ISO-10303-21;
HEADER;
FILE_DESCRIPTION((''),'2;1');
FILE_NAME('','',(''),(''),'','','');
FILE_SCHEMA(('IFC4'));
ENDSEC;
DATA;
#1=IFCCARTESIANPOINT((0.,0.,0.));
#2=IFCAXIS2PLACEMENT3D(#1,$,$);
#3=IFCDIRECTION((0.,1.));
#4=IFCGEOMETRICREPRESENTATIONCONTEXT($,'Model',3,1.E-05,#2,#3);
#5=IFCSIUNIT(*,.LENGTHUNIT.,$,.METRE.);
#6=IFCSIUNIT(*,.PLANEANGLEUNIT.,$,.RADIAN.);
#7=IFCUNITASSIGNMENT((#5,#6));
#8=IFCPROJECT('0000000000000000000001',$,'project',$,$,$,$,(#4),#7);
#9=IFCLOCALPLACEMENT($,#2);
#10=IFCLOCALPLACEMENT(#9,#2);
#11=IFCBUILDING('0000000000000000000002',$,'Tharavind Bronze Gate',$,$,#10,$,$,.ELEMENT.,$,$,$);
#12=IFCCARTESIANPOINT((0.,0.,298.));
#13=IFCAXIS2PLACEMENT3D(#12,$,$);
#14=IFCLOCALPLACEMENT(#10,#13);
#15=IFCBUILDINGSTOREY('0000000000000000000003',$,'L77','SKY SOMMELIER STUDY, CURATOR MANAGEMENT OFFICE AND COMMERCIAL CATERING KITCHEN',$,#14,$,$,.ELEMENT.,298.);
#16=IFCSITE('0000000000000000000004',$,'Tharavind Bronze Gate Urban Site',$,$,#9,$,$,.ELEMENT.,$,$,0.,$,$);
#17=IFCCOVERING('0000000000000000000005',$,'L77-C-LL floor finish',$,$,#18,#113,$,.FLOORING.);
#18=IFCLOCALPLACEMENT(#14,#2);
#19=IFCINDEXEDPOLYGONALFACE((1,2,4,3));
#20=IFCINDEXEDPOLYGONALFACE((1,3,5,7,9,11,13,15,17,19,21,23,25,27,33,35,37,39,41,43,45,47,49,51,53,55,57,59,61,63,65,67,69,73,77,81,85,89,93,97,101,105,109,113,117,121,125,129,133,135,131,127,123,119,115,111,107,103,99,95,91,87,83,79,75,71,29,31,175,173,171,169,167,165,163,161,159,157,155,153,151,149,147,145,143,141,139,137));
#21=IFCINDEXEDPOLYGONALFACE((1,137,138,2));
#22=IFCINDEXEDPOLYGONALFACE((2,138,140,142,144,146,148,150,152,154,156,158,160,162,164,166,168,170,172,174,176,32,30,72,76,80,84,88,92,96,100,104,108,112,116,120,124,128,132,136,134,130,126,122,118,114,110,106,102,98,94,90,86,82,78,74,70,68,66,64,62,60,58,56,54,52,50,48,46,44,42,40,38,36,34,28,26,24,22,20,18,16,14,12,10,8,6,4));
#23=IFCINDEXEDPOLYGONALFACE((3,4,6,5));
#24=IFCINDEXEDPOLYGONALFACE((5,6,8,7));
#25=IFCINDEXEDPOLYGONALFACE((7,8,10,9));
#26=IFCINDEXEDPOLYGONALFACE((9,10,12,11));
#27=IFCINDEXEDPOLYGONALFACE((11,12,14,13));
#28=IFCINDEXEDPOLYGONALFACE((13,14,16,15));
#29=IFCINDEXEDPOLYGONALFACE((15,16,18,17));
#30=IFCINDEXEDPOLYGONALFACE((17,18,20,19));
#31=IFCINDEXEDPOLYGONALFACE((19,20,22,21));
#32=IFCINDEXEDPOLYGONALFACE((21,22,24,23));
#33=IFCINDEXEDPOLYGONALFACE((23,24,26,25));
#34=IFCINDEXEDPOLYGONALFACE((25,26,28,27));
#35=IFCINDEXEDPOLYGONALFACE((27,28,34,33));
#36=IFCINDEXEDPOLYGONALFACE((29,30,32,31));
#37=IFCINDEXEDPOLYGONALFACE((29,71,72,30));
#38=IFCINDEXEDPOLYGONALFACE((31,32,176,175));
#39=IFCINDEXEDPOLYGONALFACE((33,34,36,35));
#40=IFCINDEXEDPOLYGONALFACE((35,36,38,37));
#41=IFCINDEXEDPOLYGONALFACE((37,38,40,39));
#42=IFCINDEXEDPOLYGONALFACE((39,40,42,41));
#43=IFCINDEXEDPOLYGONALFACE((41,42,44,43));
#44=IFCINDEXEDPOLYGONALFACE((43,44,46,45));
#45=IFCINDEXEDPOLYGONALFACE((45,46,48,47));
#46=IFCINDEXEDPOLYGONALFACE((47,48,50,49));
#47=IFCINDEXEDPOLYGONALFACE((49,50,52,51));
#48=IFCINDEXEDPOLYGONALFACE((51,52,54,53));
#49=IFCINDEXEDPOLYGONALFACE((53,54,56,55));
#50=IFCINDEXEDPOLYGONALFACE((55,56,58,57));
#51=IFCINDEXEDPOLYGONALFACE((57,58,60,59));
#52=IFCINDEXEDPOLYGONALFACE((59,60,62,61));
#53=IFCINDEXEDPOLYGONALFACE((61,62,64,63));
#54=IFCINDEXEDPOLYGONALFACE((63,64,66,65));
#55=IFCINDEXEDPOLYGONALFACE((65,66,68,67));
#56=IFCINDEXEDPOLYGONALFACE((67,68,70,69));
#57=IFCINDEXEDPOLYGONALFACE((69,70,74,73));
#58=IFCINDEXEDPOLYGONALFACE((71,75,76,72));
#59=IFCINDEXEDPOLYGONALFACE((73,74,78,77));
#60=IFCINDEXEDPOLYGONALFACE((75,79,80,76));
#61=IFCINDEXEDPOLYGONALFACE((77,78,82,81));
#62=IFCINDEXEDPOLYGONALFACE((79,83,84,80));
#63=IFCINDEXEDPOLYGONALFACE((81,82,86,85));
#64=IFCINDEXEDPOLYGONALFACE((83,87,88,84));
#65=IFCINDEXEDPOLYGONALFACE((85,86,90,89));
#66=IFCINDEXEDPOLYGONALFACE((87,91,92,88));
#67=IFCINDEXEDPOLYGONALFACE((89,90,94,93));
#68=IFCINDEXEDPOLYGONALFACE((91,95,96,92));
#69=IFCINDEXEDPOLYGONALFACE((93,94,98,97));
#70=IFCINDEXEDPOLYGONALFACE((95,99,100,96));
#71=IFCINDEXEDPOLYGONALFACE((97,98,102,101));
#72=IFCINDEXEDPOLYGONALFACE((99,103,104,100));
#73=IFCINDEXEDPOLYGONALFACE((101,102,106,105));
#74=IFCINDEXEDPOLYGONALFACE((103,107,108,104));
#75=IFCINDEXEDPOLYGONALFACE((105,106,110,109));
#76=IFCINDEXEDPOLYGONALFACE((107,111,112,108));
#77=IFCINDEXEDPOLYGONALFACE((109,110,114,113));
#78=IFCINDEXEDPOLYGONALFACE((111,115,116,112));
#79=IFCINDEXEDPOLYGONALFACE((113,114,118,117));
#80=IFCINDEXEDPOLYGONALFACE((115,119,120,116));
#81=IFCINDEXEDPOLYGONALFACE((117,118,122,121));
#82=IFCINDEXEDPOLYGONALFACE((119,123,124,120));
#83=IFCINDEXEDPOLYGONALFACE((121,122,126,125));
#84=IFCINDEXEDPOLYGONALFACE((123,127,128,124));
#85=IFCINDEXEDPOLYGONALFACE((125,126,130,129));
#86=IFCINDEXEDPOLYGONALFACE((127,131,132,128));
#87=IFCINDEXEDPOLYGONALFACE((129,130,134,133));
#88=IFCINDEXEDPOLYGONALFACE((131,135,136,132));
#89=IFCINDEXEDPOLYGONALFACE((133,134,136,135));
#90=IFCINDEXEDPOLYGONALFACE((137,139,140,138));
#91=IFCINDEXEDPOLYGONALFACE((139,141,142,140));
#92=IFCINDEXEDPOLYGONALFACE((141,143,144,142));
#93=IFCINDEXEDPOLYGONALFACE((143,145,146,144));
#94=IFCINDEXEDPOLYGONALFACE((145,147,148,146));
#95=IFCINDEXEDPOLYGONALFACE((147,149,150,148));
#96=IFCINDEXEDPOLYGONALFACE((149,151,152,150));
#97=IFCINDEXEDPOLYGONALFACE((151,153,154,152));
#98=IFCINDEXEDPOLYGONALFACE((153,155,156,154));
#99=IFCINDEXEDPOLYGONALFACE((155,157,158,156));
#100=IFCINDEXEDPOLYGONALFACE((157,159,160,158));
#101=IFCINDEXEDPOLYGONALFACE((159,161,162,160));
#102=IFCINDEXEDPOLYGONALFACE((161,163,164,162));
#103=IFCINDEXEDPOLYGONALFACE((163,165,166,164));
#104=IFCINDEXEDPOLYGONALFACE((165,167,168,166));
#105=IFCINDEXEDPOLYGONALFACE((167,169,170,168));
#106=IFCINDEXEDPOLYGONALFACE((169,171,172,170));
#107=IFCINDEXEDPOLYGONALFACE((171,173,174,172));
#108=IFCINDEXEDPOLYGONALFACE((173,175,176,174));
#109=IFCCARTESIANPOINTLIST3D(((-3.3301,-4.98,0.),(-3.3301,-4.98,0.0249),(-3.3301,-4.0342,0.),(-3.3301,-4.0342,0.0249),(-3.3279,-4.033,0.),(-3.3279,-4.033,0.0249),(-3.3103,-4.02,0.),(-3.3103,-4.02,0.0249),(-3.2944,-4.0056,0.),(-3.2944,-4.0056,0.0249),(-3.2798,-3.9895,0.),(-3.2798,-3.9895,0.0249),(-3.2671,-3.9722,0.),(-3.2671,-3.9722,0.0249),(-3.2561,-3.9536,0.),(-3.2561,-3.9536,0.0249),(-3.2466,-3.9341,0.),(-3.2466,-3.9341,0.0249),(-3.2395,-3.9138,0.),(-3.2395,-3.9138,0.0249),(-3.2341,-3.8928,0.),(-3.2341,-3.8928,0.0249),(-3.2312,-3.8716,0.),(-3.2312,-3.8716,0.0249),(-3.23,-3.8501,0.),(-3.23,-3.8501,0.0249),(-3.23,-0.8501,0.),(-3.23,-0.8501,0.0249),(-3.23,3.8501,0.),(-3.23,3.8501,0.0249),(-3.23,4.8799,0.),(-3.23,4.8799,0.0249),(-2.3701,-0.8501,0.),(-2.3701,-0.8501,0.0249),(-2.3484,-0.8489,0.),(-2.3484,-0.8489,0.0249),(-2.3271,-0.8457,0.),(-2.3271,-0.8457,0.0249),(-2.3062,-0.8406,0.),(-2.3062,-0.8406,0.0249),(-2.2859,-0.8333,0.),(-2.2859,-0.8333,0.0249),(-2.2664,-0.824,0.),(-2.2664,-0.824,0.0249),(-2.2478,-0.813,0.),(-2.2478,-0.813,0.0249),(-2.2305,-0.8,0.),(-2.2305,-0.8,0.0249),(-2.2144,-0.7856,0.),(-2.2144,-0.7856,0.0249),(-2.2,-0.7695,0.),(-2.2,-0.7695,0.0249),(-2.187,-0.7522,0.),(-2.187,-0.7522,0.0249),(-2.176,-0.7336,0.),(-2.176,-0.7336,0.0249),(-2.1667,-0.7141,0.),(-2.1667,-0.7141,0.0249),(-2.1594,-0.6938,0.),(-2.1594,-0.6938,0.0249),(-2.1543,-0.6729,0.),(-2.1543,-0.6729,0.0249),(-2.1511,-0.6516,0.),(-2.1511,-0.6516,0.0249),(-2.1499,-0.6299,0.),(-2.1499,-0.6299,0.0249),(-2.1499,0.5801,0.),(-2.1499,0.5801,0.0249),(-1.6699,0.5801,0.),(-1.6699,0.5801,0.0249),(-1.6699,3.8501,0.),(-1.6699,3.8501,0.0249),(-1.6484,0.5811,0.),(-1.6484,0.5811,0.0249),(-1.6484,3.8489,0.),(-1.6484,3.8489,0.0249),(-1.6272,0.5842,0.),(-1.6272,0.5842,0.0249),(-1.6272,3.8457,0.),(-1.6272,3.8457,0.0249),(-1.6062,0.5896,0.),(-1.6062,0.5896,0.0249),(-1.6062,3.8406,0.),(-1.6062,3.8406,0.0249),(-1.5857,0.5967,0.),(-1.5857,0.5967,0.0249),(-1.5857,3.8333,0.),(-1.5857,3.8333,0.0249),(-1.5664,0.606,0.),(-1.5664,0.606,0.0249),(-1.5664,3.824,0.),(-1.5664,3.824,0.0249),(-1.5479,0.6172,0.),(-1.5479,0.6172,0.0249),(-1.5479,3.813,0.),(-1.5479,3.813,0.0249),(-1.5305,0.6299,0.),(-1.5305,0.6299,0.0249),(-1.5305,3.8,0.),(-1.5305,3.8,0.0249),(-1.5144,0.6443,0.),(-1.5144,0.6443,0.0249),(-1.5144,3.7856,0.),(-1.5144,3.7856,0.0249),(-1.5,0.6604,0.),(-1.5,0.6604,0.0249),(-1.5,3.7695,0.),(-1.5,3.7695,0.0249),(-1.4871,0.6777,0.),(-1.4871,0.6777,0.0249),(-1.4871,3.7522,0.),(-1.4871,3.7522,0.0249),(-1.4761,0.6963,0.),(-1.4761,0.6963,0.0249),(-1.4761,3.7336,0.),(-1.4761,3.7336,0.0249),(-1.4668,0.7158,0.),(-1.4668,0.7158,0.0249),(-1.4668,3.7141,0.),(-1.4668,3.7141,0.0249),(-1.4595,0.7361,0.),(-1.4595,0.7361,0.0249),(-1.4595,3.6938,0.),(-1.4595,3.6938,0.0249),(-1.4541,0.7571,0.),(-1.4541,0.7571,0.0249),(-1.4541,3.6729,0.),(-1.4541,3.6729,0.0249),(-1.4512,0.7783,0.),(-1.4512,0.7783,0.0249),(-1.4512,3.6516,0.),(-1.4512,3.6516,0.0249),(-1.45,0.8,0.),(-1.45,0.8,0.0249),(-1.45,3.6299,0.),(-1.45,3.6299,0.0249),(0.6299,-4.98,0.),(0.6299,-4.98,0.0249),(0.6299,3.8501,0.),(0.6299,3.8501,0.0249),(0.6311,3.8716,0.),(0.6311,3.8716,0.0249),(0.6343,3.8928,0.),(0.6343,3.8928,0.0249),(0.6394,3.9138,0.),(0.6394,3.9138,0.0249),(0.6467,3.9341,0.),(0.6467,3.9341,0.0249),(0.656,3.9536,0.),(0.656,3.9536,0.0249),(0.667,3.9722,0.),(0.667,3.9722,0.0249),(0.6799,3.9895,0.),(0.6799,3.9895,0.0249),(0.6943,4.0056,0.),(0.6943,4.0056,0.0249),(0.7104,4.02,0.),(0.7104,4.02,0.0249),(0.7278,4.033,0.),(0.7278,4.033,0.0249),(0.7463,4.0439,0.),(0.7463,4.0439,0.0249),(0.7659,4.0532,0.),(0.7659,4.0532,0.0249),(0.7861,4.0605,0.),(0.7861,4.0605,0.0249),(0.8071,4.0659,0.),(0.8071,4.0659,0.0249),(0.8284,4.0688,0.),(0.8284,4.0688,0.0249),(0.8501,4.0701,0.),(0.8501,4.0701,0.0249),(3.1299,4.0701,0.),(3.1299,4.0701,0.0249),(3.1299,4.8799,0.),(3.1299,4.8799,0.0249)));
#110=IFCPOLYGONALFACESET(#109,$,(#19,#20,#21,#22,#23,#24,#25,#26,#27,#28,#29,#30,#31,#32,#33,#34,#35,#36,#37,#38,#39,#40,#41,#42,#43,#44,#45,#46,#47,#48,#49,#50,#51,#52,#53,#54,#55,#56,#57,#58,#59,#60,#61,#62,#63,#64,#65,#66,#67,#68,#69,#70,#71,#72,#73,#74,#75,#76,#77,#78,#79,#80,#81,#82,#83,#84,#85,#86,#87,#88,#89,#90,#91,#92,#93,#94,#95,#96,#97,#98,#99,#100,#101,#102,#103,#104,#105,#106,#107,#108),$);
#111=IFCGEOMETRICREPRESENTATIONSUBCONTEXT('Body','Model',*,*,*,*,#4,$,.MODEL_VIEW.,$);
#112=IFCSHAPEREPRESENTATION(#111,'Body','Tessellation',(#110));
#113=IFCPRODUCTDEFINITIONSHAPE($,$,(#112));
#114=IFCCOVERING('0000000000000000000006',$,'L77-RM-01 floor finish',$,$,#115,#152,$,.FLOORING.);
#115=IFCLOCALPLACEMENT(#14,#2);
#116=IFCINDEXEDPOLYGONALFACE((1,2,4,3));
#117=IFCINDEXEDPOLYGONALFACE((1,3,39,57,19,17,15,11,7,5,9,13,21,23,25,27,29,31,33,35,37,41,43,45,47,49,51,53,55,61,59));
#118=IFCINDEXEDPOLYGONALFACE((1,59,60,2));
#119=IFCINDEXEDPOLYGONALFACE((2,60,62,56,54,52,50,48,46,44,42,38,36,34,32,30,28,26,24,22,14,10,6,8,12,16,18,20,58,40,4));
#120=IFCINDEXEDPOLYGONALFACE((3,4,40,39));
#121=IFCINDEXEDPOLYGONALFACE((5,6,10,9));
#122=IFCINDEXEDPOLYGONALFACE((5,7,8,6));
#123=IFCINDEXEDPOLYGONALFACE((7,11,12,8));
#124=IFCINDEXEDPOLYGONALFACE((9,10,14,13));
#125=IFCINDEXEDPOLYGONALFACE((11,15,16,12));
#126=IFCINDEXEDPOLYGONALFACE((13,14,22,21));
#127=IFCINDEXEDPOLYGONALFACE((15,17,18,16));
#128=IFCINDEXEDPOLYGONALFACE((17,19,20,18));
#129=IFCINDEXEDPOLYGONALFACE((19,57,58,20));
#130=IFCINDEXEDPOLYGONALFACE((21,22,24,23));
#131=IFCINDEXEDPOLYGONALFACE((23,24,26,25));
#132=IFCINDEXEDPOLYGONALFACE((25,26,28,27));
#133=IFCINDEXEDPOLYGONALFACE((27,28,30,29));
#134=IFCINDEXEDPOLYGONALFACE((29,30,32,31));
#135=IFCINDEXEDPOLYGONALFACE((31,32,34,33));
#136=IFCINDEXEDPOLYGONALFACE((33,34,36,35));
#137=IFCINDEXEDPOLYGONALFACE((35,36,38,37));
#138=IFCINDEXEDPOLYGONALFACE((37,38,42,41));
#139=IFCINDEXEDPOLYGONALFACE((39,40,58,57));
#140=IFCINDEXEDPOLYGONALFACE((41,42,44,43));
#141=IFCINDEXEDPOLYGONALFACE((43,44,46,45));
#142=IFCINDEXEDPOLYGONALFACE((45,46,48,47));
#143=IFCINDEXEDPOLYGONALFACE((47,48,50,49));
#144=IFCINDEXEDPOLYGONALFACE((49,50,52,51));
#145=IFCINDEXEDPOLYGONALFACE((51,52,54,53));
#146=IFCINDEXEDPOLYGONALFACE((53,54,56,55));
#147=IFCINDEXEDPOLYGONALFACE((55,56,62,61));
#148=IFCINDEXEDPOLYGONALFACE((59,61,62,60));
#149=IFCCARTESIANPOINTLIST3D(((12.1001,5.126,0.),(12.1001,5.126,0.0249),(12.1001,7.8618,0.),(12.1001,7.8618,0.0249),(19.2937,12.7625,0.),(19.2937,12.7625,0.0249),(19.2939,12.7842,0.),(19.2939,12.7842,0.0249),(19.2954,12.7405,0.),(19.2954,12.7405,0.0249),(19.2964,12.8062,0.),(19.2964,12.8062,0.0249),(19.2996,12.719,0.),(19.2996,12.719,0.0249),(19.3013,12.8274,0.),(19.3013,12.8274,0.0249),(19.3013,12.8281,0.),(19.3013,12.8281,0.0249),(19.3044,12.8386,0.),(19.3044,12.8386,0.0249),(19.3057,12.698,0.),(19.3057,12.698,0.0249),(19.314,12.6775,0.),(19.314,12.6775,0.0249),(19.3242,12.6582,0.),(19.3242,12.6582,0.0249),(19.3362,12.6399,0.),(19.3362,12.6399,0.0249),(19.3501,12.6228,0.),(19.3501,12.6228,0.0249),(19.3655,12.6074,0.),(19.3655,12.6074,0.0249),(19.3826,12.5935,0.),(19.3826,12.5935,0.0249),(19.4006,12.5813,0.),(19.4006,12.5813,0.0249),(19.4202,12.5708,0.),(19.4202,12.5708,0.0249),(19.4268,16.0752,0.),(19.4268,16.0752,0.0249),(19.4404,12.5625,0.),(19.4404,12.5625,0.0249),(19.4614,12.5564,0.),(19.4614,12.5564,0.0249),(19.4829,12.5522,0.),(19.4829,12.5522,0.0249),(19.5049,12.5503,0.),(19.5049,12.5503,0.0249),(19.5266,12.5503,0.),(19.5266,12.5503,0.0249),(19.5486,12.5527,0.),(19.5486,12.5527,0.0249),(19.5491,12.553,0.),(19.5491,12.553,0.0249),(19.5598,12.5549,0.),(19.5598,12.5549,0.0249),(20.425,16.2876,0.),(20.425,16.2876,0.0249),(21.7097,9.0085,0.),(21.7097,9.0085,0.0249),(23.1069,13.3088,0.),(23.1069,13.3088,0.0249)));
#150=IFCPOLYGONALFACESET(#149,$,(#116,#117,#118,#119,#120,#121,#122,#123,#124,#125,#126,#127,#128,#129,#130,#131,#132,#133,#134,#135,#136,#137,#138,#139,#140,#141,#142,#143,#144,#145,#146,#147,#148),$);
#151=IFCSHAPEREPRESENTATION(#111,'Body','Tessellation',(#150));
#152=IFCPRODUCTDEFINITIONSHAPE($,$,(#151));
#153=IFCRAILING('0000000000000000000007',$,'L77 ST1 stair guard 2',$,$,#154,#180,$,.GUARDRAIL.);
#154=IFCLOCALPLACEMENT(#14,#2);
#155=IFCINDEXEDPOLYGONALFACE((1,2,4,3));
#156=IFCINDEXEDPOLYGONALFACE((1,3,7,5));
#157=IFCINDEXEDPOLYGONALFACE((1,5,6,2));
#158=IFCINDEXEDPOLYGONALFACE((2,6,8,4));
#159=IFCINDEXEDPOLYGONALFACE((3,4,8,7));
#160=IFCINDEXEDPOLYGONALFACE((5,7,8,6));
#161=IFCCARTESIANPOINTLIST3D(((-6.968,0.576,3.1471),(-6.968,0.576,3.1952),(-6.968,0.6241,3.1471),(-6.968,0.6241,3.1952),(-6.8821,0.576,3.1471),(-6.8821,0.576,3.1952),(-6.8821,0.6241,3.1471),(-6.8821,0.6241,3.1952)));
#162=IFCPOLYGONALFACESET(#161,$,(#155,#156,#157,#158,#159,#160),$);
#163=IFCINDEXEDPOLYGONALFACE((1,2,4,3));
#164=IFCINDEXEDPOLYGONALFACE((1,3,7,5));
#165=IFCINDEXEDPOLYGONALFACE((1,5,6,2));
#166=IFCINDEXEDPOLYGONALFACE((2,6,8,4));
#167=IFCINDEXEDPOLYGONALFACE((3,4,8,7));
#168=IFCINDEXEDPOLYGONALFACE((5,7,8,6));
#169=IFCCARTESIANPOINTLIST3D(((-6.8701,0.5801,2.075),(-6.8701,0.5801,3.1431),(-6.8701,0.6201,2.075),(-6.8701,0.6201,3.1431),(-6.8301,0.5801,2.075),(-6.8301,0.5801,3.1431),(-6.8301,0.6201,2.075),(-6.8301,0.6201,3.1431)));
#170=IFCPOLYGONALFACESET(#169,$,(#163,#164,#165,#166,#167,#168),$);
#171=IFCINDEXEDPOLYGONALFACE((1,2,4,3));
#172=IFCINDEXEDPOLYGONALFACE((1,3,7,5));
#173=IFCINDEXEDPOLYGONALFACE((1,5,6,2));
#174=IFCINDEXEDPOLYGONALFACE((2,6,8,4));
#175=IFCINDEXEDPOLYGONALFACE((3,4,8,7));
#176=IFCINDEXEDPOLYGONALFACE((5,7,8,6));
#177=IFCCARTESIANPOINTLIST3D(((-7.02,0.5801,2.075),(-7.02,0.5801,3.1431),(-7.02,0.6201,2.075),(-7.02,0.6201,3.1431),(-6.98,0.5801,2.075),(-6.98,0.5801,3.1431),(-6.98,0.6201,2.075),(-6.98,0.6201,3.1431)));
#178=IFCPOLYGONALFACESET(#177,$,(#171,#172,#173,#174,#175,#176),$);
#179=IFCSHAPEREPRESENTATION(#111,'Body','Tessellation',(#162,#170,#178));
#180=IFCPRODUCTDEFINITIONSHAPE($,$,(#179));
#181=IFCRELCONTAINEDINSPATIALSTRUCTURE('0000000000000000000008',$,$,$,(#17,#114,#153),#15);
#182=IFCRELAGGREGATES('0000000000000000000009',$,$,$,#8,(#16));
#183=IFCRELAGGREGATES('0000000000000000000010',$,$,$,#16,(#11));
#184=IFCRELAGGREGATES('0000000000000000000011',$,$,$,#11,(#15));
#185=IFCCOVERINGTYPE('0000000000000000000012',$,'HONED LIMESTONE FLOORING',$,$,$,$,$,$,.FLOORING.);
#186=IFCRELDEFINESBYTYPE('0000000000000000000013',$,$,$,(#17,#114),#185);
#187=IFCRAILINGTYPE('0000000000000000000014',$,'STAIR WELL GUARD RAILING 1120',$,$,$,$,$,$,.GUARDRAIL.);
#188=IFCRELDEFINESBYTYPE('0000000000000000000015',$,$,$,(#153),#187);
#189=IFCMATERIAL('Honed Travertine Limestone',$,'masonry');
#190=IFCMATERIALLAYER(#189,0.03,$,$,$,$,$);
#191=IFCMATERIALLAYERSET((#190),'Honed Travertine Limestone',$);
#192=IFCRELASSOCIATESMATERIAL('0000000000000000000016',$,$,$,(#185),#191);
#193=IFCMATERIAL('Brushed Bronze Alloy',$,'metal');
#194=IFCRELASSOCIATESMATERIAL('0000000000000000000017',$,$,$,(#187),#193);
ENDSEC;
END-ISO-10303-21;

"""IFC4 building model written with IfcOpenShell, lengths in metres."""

from ifc_helpers import new_model, si_unit, direction, frame, origin, origin_2d, place, context, subcontext, project, spatial, polyline, rectangle, outline, extrude, material, layer, layer_set, type_object, element, save


model = new_model("IFC4")

# Units and contexts
model_context = context("Model", 3, precision=1e-05, world=origin(), true_north=direction((0.0, 1.0)))
body_context = subcontext(model_context, "Body", "Model", "MODEL_VIEW")
ifc_project = project(units=[si_unit("LENGTHUNIT", "METRE"), si_unit("PLANEANGLEUNIT", "RADIAN")], contexts=[model_context])

# Site, building, storey
site_placement = place(None, origin())
site = spatial("IfcSite", under=ifc_project, at=site_placement, Name="Tharavind Bronze Gate Urban Site", CompositionType="ELEMENT", RefElevation=0.0)
building_placement = place(site_placement, origin())
building = spatial("IfcBuilding", under=site, at=building_placement, Name="Tharavind Bronze Gate", CompositionType="ELEMENT")
storey_placement = place(building_placement, frame((0.0, 0.0, 298.0)))
storey = spatial("IfcBuildingStorey", under=building, at=storey_placement, Name="L77", Description="SKY SOMMELIER STUDY, CURATOR MANAGEMENT OFFICE AND COMMERCIAL CATERING KITCHEN", CompositionType="ELEMENT", Elevation=298.0)

# Coverings
ifc_material_1 = material(Name="Honed Travertine Limestone", Category="masonry")
ifc_layer_1 = layer(ifc_material_1, 0.03)
ifc_layer_set_1 = layer_set([ifc_layer_1], Name="Honed Travertine Limestone")
covering_type_1 = type_object("IfcCoveringType", Name="HONED LIMESTONE FLOORING", PredefinedType="FLOORING", material=ifc_layer_set_1)
covering_1_placement = place(storey_placement, origin())
element("IfcCovering", 1, at=covering_1_placement, inside=storey, type_object=covering_type_1, Name="L77-C-LL floor finish", PredefinedType="FLOORING", context=body_context, shape_type="SweptSolid", body=[
    extrude(outline(polyline([(-3.3301, -4.98), (0.6299, -4.98), (0.6299, 3.8501), (0.6311, 3.8716), (0.6343, 3.8928), (0.6394, 3.9138), (0.6467, 3.9341), (0.656, 3.9536), (0.667, 3.9722), (0.6799, 3.9895), (0.6943, 4.0056), (0.7104, 4.02), (0.7278, 4.033), (0.7463, 4.0439), (0.7659, 4.0532), (0.7861, 4.0605), (0.8071, 4.0659), (0.8284, 4.0688), (0.8501, 4.0701), (3.1299, 4.0701), (3.1299, 4.8799), (-3.23, 4.8799), (-3.23, 3.8501), (-1.6699, 3.8501), (-1.6484, 3.8489), (-1.6272, 3.8457), (-1.6062, 3.8406), (-1.5857, 3.8333), (-1.5664, 3.824), (-1.5479, 3.813), (-1.5305, 3.8), (-1.5144, 3.7856), (-1.5, 3.7695), (-1.4871, 3.7522), (-1.4761, 3.7336), (-1.4668, 3.7141), (-1.4595, 3.6938), (-1.4541, 3.6729), (-1.4512, 3.6516), (-1.45, 3.6299), (-1.45, 0.8), (-1.4512, 0.7783), (-1.4541, 0.7571), (-1.4595, 0.7361), (-1.4668, 0.7158), (-1.4761, 0.6963), (-1.4871, 0.6777), (-1.5, 0.6604), (-1.5144, 0.6443), (-1.5305, 0.6299), (-1.5479, 0.6172), (-1.5664, 0.606), (-1.5857, 0.5967), (-1.6062, 0.5896), (-1.6272, 0.5842), (-1.6484, 0.5811), (-1.6699, 0.5801), (-2.1499, 0.5801), (-2.1499, -0.6299), (-2.1511, -0.6516), (-2.1543, -0.6729), (-2.1594, -0.6938), (-2.1667, -0.7141), (-2.176, -0.7336), (-2.187, -0.7522), (-2.2, -0.7695), (-2.2144, -0.7856), (-2.2305, -0.8), (-2.2478, -0.813), (-2.2664, -0.824), (-2.2859, -0.8333), (-2.3062, -0.8406), (-2.3271, -0.8457), (-2.3484, -0.8489), (-2.3701, -0.8501), (-3.23, -0.8501), (-3.23, -3.8501), (-3.2312, -3.8716), (-3.2341, -3.8928), (-3.2395, -3.9138), (-3.2466, -3.9341), (-3.2561, -3.9536), (-3.2671, -3.9722), (-3.2798, -3.9895), (-3.2944, -4.0056), (-3.3103, -4.02), (-3.3279, -4.033), (-3.3301, -4.0342), (-3.3301, -4.98)])), origin(), (0.0, 0.0, 1.0), 0.0249),
])
covering_2_placement = place(storey_placement, origin())
element("IfcCovering", 2, at=covering_2_placement, inside=storey, type_object=covering_type_1, Name="L77-RM-01 floor finish", PredefinedType="FLOORING", context=body_context, shape_type="SweptSolid", body=[
    extrude(outline(polyline([(21.7097, 9.0085), (23.1069, 13.3088), (19.5598, 12.5549), (19.5491, 12.553), (19.5486, 12.5527), (19.5266, 12.5503), (19.5049, 12.5503), (19.4829, 12.5522), (19.4614, 12.5564), (19.4404, 12.5625), (19.4202, 12.5708), (19.4006, 12.5813), (19.3826, 12.5935), (19.3655, 12.6074), (19.3501, 12.6228), (19.3362, 12.6399), (19.3242, 12.6582), (19.314, 12.6775), (19.3057, 12.698), (19.2996, 12.719), (19.2954, 12.7405), (19.2937, 12.7625), (19.2939, 12.7842), (19.2964, 12.8062), (19.3013, 12.8274), (19.3013, 12.8281), (19.3044, 12.8386), (20.425, 16.2876), (19.4268, 16.0752), (12.1001, 7.8618), (12.1001, 5.126), (21.7097, 9.0085)])), origin(), (0.0, 0.0, 1.0), 0.0249),
])

# Railing
ifc_material_2 = material(Name="Brushed Bronze Alloy", Category="metal")
railing_type = type_object("IfcRailingType", Name="STAIR WELL GUARD RAILING 1120", PredefinedType="GUARDRAIL", material=ifc_material_2)
railing_1_placement = place(storey_placement, frame((-6.8501, 0.6001, 2.075)))
element("IfcRailing", 3, at=railing_1_placement, inside=storey, type_object=railing_type, Name="L77 ST1 stair guard 2", PredefinedType="GUARDRAIL", context=body_context, shape_type="SweptSolid", body=[
    extrude(rectangle(XDim=0.0481, YDim=0.0481, at=origin_2d()), frame((-0.032, 0.0, 1.0962), z_axis=(-1.0, 0.0, 0.0), x_axis=(0.0, -1.0, 0.0)), (0.0, 0.0, 1.0), 0.0859),
    extrude(rectangle(XDim=0.04, YDim=0.04, at=origin_2d()), origin(), (0.0, 0.0, 1.0), 1.0681),
    extrude(rectangle(XDim=0.04, YDim=0.04, at=origin_2d()), frame((-0.1499, 0.0, 0.0)), (0.0, 0.0, 1.0), 1.0681),
])

save(model, "model.ifc")
